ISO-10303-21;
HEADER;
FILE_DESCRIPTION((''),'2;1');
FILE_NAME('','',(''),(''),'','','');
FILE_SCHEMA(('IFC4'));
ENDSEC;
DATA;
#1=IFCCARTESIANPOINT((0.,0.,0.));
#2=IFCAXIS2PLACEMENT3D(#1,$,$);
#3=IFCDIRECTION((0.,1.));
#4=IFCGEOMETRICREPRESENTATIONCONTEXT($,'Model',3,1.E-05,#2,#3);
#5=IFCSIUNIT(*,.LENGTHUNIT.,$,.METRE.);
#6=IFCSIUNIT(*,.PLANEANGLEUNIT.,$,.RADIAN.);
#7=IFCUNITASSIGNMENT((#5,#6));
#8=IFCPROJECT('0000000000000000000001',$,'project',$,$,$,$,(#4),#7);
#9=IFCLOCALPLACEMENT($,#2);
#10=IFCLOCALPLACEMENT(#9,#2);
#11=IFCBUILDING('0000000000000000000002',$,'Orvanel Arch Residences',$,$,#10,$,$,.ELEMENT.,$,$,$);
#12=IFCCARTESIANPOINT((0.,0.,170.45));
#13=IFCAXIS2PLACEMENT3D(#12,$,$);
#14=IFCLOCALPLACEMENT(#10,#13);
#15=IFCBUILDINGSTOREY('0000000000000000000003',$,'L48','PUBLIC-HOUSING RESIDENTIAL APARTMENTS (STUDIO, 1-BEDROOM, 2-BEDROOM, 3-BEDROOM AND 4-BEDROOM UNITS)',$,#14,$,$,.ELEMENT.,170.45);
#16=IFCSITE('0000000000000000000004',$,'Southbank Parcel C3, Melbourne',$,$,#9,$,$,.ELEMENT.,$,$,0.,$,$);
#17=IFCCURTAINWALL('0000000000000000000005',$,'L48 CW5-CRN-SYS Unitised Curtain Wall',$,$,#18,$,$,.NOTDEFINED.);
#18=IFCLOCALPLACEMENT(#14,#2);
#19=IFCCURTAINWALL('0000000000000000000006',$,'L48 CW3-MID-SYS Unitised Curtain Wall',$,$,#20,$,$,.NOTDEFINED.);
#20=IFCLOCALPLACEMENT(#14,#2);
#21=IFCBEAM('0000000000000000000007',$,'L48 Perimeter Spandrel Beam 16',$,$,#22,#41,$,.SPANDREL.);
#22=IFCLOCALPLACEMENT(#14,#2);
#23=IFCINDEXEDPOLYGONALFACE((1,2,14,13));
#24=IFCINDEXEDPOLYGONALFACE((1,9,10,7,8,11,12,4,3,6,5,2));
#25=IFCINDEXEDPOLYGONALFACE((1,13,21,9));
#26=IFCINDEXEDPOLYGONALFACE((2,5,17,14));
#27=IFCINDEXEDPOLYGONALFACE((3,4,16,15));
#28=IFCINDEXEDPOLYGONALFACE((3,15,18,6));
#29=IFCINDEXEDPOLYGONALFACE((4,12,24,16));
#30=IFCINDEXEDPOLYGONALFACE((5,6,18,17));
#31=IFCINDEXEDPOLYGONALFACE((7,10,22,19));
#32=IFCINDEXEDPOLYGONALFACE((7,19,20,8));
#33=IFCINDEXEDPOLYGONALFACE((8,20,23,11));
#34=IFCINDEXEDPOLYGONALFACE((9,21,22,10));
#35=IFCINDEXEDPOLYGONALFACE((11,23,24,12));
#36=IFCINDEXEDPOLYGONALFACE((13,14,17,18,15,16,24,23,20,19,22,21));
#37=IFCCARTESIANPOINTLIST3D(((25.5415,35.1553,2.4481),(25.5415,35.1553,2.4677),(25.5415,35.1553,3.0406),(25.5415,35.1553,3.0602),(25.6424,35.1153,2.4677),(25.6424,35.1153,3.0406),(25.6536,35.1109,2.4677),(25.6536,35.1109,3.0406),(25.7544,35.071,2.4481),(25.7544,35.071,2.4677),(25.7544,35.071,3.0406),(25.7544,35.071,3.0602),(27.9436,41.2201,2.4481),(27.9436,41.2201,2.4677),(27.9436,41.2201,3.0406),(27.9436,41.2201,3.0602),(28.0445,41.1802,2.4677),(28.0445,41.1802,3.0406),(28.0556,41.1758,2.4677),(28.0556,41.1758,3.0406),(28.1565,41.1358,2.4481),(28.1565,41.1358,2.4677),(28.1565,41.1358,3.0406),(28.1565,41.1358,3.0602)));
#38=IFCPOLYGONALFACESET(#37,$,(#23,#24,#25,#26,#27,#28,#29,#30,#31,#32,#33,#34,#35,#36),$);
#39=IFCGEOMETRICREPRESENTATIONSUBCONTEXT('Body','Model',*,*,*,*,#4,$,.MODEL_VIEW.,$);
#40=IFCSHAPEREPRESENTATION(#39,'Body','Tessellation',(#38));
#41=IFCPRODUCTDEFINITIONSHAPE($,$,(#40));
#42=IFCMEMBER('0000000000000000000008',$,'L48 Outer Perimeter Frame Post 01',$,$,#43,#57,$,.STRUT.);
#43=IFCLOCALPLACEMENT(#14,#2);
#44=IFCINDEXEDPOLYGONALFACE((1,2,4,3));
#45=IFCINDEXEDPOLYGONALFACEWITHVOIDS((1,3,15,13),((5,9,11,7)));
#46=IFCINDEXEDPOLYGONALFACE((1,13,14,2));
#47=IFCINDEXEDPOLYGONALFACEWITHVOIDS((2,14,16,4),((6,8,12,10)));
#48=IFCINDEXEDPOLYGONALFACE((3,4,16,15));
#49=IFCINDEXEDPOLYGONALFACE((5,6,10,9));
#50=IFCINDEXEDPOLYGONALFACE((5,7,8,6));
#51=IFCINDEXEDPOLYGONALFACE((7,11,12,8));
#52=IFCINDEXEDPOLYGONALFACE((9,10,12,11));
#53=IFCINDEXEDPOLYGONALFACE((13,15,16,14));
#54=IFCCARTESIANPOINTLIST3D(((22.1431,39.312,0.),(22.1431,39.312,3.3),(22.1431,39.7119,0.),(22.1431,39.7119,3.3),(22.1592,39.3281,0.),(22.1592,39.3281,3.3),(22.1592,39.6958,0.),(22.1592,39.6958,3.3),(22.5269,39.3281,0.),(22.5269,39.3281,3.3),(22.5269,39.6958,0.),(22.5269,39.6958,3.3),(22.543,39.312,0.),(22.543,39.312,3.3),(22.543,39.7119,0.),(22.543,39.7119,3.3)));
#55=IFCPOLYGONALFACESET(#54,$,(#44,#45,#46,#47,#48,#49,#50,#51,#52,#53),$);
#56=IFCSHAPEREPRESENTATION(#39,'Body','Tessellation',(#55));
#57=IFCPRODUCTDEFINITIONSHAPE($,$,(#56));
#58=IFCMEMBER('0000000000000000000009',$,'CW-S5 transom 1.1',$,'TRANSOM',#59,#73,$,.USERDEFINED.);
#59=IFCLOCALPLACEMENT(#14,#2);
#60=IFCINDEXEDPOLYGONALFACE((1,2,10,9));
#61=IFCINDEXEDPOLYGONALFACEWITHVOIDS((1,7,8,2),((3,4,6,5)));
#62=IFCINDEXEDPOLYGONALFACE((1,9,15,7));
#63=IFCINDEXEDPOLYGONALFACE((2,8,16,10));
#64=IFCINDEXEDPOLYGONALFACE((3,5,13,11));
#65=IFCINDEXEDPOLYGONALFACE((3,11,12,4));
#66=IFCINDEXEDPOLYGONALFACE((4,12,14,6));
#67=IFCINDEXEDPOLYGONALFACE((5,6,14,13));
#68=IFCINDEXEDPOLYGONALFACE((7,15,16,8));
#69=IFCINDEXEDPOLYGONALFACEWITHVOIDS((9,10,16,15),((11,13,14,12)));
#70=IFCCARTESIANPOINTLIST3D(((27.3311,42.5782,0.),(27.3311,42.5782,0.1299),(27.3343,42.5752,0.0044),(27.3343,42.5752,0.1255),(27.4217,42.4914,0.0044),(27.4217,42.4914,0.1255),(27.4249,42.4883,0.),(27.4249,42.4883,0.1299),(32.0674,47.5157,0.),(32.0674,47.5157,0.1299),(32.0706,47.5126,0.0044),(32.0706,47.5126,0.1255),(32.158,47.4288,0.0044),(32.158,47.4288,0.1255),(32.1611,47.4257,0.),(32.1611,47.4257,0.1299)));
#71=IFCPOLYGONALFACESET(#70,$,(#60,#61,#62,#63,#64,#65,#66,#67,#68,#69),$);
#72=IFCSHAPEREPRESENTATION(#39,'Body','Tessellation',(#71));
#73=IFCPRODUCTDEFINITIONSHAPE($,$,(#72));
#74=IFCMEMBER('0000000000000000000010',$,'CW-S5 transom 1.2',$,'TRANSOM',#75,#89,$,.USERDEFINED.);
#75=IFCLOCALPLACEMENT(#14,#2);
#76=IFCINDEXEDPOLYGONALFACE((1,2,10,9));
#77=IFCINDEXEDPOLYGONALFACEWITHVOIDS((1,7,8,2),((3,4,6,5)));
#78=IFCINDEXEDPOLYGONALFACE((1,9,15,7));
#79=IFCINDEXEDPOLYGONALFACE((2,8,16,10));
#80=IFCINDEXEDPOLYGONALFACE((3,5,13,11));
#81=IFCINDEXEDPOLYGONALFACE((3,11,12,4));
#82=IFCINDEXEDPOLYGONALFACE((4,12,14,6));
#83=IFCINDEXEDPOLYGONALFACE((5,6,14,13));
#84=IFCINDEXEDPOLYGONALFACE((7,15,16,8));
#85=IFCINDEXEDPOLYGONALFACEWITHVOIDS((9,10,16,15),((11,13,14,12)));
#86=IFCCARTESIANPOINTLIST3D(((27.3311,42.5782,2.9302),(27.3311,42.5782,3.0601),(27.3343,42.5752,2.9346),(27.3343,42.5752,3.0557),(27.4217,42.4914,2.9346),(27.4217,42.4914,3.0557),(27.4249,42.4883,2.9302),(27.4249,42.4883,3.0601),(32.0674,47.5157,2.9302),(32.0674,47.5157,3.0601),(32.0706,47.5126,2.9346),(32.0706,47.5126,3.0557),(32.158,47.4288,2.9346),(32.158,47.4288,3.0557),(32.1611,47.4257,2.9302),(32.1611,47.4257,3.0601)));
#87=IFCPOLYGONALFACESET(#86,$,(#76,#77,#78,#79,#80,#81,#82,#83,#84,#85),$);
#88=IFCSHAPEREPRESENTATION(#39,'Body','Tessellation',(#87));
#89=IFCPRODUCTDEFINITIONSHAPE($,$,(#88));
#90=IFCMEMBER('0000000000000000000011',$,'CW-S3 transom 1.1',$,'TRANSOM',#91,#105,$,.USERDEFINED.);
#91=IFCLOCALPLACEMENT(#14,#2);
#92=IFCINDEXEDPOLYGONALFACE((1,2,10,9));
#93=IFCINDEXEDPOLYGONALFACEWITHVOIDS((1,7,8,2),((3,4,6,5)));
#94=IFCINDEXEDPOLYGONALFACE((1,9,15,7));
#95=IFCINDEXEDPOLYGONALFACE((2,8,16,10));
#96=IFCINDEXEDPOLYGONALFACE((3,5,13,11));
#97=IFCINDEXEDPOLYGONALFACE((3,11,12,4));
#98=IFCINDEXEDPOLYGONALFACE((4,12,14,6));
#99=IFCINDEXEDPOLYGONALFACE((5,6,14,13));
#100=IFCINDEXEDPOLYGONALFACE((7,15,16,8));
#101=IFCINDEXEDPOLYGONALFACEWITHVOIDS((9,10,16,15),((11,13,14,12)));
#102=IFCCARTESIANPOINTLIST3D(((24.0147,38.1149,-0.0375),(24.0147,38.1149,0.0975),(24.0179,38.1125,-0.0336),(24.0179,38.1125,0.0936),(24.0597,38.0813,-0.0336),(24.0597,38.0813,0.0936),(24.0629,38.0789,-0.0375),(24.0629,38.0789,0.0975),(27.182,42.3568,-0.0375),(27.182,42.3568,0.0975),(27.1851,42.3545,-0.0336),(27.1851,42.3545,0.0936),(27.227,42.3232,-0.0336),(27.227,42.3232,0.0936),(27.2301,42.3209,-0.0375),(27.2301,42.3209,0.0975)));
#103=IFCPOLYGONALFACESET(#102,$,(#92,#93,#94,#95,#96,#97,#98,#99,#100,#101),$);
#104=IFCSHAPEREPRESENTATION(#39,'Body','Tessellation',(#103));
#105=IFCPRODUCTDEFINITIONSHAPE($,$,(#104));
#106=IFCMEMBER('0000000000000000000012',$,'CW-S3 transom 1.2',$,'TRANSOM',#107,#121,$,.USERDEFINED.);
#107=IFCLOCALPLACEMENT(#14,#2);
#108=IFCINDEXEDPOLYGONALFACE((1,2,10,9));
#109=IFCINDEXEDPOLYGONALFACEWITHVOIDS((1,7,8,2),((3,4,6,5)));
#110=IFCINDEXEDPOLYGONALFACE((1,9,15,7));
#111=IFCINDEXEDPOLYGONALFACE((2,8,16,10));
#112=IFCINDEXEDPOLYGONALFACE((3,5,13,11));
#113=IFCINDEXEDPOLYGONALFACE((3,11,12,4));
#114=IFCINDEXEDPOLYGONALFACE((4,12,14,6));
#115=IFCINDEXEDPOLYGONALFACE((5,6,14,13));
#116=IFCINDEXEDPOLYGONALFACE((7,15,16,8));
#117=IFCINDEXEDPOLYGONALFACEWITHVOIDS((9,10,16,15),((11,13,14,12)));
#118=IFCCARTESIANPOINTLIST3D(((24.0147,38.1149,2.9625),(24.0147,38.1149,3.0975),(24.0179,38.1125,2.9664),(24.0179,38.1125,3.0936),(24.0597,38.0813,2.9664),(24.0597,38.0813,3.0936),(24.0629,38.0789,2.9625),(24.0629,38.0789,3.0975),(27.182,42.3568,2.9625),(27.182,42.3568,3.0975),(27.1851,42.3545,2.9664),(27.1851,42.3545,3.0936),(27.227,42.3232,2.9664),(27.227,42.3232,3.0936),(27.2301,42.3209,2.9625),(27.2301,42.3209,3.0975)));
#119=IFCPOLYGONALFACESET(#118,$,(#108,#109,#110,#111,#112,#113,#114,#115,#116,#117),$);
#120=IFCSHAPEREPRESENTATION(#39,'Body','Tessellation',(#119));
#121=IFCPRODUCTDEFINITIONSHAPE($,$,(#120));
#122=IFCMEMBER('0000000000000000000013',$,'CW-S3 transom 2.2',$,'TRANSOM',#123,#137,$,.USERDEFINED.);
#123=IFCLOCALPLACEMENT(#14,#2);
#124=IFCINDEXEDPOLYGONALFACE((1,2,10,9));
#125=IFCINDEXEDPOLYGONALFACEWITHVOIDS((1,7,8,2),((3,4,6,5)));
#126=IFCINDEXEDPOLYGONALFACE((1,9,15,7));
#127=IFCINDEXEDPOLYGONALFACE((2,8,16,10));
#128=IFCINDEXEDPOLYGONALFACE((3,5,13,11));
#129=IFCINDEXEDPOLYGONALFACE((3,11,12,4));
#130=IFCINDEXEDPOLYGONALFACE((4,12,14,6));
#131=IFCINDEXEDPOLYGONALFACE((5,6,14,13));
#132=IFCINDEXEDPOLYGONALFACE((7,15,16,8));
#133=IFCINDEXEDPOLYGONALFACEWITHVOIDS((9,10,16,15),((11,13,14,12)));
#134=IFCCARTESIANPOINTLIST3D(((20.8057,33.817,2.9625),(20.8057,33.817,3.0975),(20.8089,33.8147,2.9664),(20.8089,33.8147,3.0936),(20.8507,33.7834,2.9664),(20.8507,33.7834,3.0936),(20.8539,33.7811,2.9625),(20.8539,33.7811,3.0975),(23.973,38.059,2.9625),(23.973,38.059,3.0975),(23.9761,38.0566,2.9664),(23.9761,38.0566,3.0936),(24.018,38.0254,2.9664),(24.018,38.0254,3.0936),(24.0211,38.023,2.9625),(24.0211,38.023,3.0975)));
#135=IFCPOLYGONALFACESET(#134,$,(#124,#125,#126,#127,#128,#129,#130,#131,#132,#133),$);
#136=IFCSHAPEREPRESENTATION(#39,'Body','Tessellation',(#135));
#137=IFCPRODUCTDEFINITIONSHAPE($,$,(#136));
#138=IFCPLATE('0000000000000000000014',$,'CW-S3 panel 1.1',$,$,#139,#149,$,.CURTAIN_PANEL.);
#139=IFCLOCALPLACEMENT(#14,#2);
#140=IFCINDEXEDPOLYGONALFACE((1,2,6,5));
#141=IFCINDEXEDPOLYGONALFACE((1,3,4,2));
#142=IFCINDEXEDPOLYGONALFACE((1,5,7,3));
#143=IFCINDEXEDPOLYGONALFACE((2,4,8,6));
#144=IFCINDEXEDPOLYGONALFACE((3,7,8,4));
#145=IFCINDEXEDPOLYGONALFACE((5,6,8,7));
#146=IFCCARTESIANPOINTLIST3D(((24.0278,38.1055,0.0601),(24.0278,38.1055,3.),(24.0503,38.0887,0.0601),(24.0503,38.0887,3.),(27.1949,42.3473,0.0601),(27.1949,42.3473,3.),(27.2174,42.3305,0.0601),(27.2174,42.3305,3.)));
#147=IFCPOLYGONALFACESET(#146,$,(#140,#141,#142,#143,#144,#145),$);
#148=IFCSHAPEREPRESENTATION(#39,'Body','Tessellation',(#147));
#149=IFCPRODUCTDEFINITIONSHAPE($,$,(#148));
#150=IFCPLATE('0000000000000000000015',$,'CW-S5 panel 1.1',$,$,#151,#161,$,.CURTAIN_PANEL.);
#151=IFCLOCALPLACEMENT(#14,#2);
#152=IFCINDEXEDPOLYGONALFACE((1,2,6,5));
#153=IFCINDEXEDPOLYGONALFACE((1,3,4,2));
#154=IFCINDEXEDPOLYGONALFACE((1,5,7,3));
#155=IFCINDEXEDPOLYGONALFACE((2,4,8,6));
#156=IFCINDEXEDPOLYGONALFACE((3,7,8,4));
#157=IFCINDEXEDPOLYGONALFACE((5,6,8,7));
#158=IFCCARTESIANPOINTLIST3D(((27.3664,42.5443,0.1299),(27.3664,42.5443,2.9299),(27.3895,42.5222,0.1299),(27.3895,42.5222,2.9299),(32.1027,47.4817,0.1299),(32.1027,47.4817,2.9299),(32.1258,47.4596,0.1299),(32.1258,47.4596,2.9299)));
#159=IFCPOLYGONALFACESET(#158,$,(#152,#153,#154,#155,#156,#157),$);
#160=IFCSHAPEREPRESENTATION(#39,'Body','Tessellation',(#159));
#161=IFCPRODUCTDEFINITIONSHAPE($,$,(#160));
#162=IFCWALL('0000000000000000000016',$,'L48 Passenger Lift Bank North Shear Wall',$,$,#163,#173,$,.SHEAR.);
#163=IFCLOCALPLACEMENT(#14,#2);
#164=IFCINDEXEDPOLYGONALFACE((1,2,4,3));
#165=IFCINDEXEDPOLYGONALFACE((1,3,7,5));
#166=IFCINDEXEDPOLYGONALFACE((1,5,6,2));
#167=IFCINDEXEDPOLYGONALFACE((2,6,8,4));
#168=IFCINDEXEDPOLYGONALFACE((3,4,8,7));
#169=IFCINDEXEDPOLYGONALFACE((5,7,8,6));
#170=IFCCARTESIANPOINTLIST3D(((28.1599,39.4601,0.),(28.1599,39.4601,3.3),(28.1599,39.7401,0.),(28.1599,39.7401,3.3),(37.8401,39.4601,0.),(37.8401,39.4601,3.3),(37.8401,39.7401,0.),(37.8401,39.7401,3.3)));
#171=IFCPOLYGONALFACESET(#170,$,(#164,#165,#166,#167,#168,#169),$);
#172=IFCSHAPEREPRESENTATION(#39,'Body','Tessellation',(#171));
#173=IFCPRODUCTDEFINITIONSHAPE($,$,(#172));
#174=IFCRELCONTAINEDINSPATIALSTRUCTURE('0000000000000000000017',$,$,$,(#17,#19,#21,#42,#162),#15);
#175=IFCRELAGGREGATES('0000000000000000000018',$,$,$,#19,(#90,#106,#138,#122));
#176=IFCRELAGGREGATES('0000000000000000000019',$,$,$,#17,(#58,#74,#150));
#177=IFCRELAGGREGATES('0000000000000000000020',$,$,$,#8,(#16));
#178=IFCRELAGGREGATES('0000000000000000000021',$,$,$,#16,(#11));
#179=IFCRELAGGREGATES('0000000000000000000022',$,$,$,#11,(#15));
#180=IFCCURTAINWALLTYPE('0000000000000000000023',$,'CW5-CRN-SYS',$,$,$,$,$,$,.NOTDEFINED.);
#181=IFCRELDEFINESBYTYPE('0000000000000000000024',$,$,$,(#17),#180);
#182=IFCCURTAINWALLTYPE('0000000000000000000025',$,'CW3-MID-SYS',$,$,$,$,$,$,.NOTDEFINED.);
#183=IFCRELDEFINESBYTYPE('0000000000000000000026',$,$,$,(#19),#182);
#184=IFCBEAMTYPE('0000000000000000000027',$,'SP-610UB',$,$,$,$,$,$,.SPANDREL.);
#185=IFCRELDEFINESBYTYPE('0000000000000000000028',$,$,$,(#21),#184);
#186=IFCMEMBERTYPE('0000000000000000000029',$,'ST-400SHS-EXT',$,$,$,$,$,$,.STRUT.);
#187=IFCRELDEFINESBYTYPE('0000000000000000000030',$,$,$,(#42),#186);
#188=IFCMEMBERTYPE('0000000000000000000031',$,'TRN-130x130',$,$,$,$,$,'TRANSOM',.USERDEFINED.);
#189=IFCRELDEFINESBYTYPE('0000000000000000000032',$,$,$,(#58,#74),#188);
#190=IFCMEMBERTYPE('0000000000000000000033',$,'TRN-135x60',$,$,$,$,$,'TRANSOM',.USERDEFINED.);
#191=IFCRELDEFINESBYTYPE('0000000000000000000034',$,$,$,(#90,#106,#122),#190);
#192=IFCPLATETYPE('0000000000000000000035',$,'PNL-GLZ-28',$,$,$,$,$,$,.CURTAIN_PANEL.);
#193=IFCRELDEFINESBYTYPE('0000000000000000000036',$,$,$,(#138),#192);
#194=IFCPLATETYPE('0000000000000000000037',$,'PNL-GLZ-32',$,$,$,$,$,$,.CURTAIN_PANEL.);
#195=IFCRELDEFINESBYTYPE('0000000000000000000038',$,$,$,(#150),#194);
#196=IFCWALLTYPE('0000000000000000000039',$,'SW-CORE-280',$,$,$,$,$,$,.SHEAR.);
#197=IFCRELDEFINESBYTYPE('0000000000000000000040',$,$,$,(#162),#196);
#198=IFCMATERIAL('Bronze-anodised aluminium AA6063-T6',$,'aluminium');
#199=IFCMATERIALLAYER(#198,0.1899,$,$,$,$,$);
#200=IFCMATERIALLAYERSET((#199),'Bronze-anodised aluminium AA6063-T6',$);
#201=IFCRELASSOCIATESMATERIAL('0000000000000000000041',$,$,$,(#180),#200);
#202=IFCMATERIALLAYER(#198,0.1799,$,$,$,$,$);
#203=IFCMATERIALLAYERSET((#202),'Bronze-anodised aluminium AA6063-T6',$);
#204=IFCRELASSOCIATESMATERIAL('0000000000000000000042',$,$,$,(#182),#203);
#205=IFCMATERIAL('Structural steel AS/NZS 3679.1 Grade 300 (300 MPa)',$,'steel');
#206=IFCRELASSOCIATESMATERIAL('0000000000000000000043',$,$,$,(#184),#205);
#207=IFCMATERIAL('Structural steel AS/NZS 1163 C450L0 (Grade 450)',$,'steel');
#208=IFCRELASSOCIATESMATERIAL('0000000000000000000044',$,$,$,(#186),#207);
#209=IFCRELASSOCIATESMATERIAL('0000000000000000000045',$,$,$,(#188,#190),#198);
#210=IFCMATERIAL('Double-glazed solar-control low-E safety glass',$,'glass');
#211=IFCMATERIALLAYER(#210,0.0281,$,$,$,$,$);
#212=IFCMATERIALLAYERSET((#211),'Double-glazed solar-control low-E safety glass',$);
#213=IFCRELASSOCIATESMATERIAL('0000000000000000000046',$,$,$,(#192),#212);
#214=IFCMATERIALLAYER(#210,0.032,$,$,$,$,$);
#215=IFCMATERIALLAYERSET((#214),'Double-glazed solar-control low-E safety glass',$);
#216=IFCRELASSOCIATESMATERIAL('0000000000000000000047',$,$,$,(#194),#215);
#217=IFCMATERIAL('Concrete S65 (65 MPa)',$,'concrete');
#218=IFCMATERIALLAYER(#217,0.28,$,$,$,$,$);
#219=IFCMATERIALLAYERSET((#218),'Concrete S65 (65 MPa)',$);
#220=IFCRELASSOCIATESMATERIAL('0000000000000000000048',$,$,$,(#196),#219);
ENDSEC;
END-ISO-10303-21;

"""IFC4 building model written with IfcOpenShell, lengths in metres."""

from ifc_helpers import new_model, si_unit, direction, frame, frame_2d, origin, origin_2d, place, context, subcontext, project, spatial, rectangle, hollow_rectangle, i_section, extrude, material, layer, layer_set, material_profile, profile_set, type_object, element, aggregate, save


model = new_model("IFC4")

# Units and contexts
model_context = context("Model", 3, precision=1e-05, world=origin(), true_north=direction((0.0, 1.0)))
body_context = subcontext(model_context, "Body", "Model", "MODEL_VIEW")
ifc_project = project(units=[si_unit("LENGTHUNIT", "METRE"), si_unit("PLANEANGLEUNIT", "RADIAN")], contexts=[model_context])

# Site, building, storey
site_placement = place(None, origin())
site = spatial("IfcSite", under=ifc_project, at=site_placement, Name="Southbank Parcel C3, Melbourne", CompositionType="ELEMENT", RefElevation=0.0)
building_placement = place(site_placement, origin())
building = spatial("IfcBuilding", under=site, at=building_placement, Name="Orvanel Arch Residences", CompositionType="ELEMENT")
storey_placement = place(building_placement, frame((0.0, 0.0, 170.45)))
storey = spatial("IfcBuildingStorey", under=building, at=storey_placement, Name="L48", Description="PUBLIC-HOUSING RESIDENTIAL APARTMENTS (STUDIO, 1-BEDROOM, 2-BEDROOM, 3-BEDROOM AND 4-BEDROOM UNITS)", CompositionType="ELEMENT", Elevation=170.45)

# Shared definitions
ifc_material_1 = material(Name="Structural steel AS/NZS 3679.1 Grade 300 (300 MPa)", Category="steel")

# Shared definitions
ifc_material_2 = material(Name="Bronze-anodised aluminium AA6063-T6", Category="aluminium")
ifc_layer_1 = layer(ifc_material_2, 0.1899)
ifc_layer_set_1 = layer_set([ifc_layer_1], Name="Bronze-anodised aluminium AA6063-T6")
curtain_wall_type_1 = type_object("IfcCurtainWallType", Name="CW5-CRN-SYS", PredefinedType="NOTDEFINED", material=ifc_layer_set_1)

# Curtain walls
curtain_wall_1_placement = place(storey_placement, origin())
curtain_wall_1 = element("IfcCurtainWall", 1, at=curtain_wall_1_placement, inside=storey, type_object=curtain_wall_type_1, Name="L48 CW5-CRN-SYS Unitised Curtain Wall", PredefinedType="NOTDEFINED")
ifc_layer_2 = layer(ifc_material_2, 0.1799)
ifc_layer_set_2 = layer_set([ifc_layer_2], Name="Bronze-anodised aluminium AA6063-T6")
curtain_wall_type_2 = type_object("IfcCurtainWallType", Name="CW3-MID-SYS", PredefinedType="NOTDEFINED", material=ifc_layer_set_2)
curtain_wall_2_placement = place(storey_placement, origin())
curtain_wall_2 = element("IfcCurtainWall", 2, at=curtain_wall_2_placement, inside=storey, type_object=curtain_wall_type_2, Name="L48 CW3-MID-SYS Unitised Curtain Wall", PredefinedType="NOTDEFINED")

# Beam
ifc_material_profile_1 = material_profile(ifc_material_1, i_section(OverallWidth=0.229, OverallDepth=0.6121, WebThickness=0.012, FlangeThickness=0.0195, at=origin_2d()), Name="610UB125")
ifc_profile_set_1 = profile_set([ifc_material_profile_1], Name="Structural steel AS/NZS 3679.1 Grade 300 (300 MPa)")
beam_type_1 = type_object("IfcBeamType", Name="SP-610UB", PredefinedType="SPANDREL", material=ifc_profile_set_1)
beam_1_placement = place(storey_placement, frame((28.05, 41.178, 2.7542), z_axis=(-0.368233, -0.929733, 0.0), x_axis=(0.929733, -0.368233, 0.0)))
element("IfcBeam", 3, at=beam_1_placement, inside=storey, type_object=beam_type_1, Name="L48 Perimeter Spandrel Beam 16", PredefinedType="SPANDREL", context=body_context, shape_type="SweptSolid", body=[
    extrude(i_section(OverallWidth=0.229, OverallDepth=0.6121, WebThickness=0.012, FlangeThickness=0.0195, at=origin_2d()), origin(), (0.0, 0.0, 1.0), 6.5232),
])

# Members
ifc_material_3 = material(Name="Structural steel AS/NZS 1163 C450L0 (Grade 450)", Category="steel")
ifc_material_profile_2 = material_profile(ifc_material_3, hollow_rectangle(XDim=0.3999, YDim=0.3999, WallThickness=0.0161, at=origin_2d()), Name="SHS400x400x16")
ifc_profile_set_2 = profile_set([ifc_material_profile_2], Name="Structural steel AS/NZS 1163 C450L0 (Grade 450)")
member_type_1 = type_object("IfcMemberType", Name="ST-400SHS-EXT", PredefinedType="STRUT", material=ifc_profile_set_2)
member_1_placement = place(storey_placement, frame((22.343, 39.512, 0.0), z_axis=(0.0, 0.0, 1.0), x_axis=(1.0, 0.0, 0.0)))
element("IfcMember", 4, at=member_1_placement, inside=storey, type_object=member_type_1, Name="L48 Outer Perimeter Frame Post 01", PredefinedType="STRUT", context=body_context, shape_type="SweptSolid", body=[
    extrude(hollow_rectangle(XDim=0.3999, YDim=0.3999, WallThickness=0.0161, at=origin_2d()), origin(), (0.0, 0.0, 1.0), 3.3),
])
ifc_material_profile_3 = material_profile(ifc_material_2, hollow_rectangle(XDim=0.1299, YDim=0.1299, WallThickness=0.0044, at=origin_2d()), Name="ALU130x130x4.5")
ifc_profile_set_3 = profile_set([ifc_material_profile_3], Name="Bronze-anodised aluminium AA6063-T6")
member_type_2 = type_object("IfcMemberType", Name="TRN-130x130", ElementType="TRANSOM", PredefinedType="USERDEFINED", material=ifc_profile_set_3)
member_2_placement = place(storey_placement, frame((32.1143, 47.4707, 0.0649), z_axis=(-0.692252, -0.721655, 0.0), x_axis=(0.721655, -0.692252, 0.0)))
member_2 = element("IfcMember", 5, at=member_2_placement, type_object=member_type_2, Name="CW-S5 transom 1.1", ObjectType="TRANSOM", PredefinedType="USERDEFINED", context=body_context, shape_type="SweptSolid", body=[
    extrude(hollow_rectangle(XDim=0.1299, YDim=0.1299, WallThickness=0.0044, at=origin_2d()), origin(), (0.0, 0.0, 1.0), 6.8418),
])
member_3_placement = place(storey_placement, frame((32.1143, 47.4707, 2.9951), z_axis=(-0.692252, -0.721655, 0.0), x_axis=(0.721655, -0.692252, 0.0)))
member_3 = element("IfcMember", 6, at=member_3_placement, type_object=member_type_2, Name="CW-S5 transom 1.2", ObjectType="TRANSOM", PredefinedType="USERDEFINED", context=body_context, shape_type="SweptSolid", body=[
    extrude(hollow_rectangle(XDim=0.1299, YDim=0.1299, WallThickness=0.0044, at=origin_2d()), origin(), (0.0, 0.0, 1.0), 6.8418),
])
ifc_material_profile_4 = material_profile(ifc_material_2, hollow_rectangle(XDim=0.0601, YDim=0.135, WallThickness=0.0039, at=origin_2d()), Name="ALU135x60x4")
ifc_profile_set_4 = profile_set([ifc_material_profile_4], Name="Bronze-anodised aluminium AA6063-T6")
member_type_3 = type_object("IfcMemberType", Name="TRN-135x60", ElementType="TRANSOM", PredefinedType="USERDEFINED", material=ifc_profile_set_4)
member_4_placement = place(storey_placement, frame((27.2061, 42.3389, 0.03), z_axis=(-0.598279, -0.801288, 0.0), x_axis=(0.801288, -0.598279, 0.0)))
member_4 = element("IfcMember", 7, at=member_4_placement, type_object=member_type_3, Name="CW-S3 transom 1.1", ObjectType="TRANSOM", PredefinedType="USERDEFINED", context=body_context, shape_type="SweptSolid", body=[
    extrude(hollow_rectangle(XDim=0.0601, YDim=0.135, WallThickness=0.0039, at=origin_2d()), origin(), (0.0, 0.0, 1.0), 5.2939),
])
member_5_placement = place(storey_placement, frame((27.2061, 42.3389, 3.03), z_axis=(-0.598279, -0.801288, 0.0), x_axis=(0.801288, -0.598279, 0.0)))
member_5 = element("IfcMember", 8, at=member_5_placement, type_object=member_type_3, Name="CW-S3 transom 1.2", ObjectType="TRANSOM", PredefinedType="USERDEFINED", context=body_context, shape_type="SweptSolid", body=[
    extrude(hollow_rectangle(XDim=0.0601, YDim=0.135, WallThickness=0.0039, at=origin_2d()), origin(), (0.0, 0.0, 1.0), 5.2939),
])
member_6_placement = place(storey_placement, frame((23.9971, 38.041, 3.03), z_axis=(-0.598279, -0.801288, 0.0), x_axis=(0.801288, -0.598279, 0.0)))
member_6 = element("IfcMember", 9, at=member_6_placement, type_object=member_type_3, Name="CW-S3 transom 2.2", ObjectType="TRANSOM", PredefinedType="USERDEFINED", context=body_context, shape_type="SweptSolid", body=[
    extrude(hollow_rectangle(XDim=0.0601, YDim=0.135, WallThickness=0.0039, at=origin_2d()), origin(), (0.0, 0.0, 1.0), 5.2939),
])

# Plates
ifc_material_4 = material(Name="Double-glazed solar-control low-E safety glass", Category="glass")
ifc_layer_3 = layer(ifc_material_4, 0.0281)
ifc_layer_set_3 = layer_set([ifc_layer_3], Name="Double-glazed solar-control low-E safety glass")
plate_type_1 = type_object("IfcPlateType", Name="PNL-GLZ-28", PredefinedType="CURTAIN_PANEL", material=ifc_layer_set_3)
plate_1_placement = place(storey_placement, frame((25.6226, 40.218, 0.0601), z_axis=(0.0, 0.0, 1.0), x_axis=(-0.59828, -0.801287, 0.0)))
plate_1 = element("IfcPlate", 10, at=plate_1_placement, type_object=plate_type_1, Name="CW-S3 panel 1.1", PredefinedType="CURTAIN_PANEL", context=body_context, shape_type="SweptSolid", body=[
    extrude(rectangle(XDim=5.2937, YDim=0.0281, at=origin_2d()), origin(), (0.0, 0.0, 1.0), 2.9399),
])
aggregate(curtain_wall_2, [member_4, member_5, plate_1, member_6])
ifc_layer_4 = layer(ifc_material_4, 0.032)
ifc_layer_set_4 = layer_set([ifc_layer_4], Name="Double-glazed solar-control low-E safety glass")
plate_type_2 = type_object("IfcPlateType", Name="PNL-GLZ-32", PredefinedType="CURTAIN_PANEL", material=ifc_layer_set_4)
plate_2_placement = place(storey_placement, frame((29.7461, 45.002, 0.1299), z_axis=(0.0, 0.0, 1.0), x_axis=(-0.692252, -0.721656, 0.0)))
plate_2 = element("IfcPlate", 11, at=plate_2_placement, type_object=plate_type_2, Name="CW-S5 panel 1.1", PredefinedType="CURTAIN_PANEL", context=body_context, shape_type="SweptSolid", body=[
    extrude(rectangle(XDim=6.8418, YDim=0.032, at=origin_2d()), origin(), (0.0, 0.0, 1.0), 2.8),
])
aggregate(curtain_wall_1, [member_2, member_3, plate_2])

# Wall
ifc_material_5 = material(Name="Concrete S65 (65 MPa)", Category="concrete")
ifc_layer_5 = layer(ifc_material_5, 0.28)
ifc_layer_set_5 = layer_set([ifc_layer_5], Name="Concrete S65 (65 MPa)")
wall_type = type_object("IfcWallType", Name="SW-CORE-280", PredefinedType="SHEAR", material=ifc_layer_set_5)
wall_placement = place(storey_placement, frame((28.1599, 39.6001, 0.0), z_axis=(0.0, 0.0, 1.0), x_axis=(1.0, 0.0, 0.0)))
element("IfcWall", 12, at=wall_placement, inside=storey, type_object=wall_type, Name="L48 Passenger Lift Bank North Shear Wall", PredefinedType="SHEAR", context=body_context, shape_type="SweptSolid", body=[
    extrude(rectangle(XDim=9.6802, YDim=0.28, at=frame_2d((4.8401, 0.0))), origin(), (0.0, 0.0, 1.0), 3.3),
])

save(model, "model.ifc")
